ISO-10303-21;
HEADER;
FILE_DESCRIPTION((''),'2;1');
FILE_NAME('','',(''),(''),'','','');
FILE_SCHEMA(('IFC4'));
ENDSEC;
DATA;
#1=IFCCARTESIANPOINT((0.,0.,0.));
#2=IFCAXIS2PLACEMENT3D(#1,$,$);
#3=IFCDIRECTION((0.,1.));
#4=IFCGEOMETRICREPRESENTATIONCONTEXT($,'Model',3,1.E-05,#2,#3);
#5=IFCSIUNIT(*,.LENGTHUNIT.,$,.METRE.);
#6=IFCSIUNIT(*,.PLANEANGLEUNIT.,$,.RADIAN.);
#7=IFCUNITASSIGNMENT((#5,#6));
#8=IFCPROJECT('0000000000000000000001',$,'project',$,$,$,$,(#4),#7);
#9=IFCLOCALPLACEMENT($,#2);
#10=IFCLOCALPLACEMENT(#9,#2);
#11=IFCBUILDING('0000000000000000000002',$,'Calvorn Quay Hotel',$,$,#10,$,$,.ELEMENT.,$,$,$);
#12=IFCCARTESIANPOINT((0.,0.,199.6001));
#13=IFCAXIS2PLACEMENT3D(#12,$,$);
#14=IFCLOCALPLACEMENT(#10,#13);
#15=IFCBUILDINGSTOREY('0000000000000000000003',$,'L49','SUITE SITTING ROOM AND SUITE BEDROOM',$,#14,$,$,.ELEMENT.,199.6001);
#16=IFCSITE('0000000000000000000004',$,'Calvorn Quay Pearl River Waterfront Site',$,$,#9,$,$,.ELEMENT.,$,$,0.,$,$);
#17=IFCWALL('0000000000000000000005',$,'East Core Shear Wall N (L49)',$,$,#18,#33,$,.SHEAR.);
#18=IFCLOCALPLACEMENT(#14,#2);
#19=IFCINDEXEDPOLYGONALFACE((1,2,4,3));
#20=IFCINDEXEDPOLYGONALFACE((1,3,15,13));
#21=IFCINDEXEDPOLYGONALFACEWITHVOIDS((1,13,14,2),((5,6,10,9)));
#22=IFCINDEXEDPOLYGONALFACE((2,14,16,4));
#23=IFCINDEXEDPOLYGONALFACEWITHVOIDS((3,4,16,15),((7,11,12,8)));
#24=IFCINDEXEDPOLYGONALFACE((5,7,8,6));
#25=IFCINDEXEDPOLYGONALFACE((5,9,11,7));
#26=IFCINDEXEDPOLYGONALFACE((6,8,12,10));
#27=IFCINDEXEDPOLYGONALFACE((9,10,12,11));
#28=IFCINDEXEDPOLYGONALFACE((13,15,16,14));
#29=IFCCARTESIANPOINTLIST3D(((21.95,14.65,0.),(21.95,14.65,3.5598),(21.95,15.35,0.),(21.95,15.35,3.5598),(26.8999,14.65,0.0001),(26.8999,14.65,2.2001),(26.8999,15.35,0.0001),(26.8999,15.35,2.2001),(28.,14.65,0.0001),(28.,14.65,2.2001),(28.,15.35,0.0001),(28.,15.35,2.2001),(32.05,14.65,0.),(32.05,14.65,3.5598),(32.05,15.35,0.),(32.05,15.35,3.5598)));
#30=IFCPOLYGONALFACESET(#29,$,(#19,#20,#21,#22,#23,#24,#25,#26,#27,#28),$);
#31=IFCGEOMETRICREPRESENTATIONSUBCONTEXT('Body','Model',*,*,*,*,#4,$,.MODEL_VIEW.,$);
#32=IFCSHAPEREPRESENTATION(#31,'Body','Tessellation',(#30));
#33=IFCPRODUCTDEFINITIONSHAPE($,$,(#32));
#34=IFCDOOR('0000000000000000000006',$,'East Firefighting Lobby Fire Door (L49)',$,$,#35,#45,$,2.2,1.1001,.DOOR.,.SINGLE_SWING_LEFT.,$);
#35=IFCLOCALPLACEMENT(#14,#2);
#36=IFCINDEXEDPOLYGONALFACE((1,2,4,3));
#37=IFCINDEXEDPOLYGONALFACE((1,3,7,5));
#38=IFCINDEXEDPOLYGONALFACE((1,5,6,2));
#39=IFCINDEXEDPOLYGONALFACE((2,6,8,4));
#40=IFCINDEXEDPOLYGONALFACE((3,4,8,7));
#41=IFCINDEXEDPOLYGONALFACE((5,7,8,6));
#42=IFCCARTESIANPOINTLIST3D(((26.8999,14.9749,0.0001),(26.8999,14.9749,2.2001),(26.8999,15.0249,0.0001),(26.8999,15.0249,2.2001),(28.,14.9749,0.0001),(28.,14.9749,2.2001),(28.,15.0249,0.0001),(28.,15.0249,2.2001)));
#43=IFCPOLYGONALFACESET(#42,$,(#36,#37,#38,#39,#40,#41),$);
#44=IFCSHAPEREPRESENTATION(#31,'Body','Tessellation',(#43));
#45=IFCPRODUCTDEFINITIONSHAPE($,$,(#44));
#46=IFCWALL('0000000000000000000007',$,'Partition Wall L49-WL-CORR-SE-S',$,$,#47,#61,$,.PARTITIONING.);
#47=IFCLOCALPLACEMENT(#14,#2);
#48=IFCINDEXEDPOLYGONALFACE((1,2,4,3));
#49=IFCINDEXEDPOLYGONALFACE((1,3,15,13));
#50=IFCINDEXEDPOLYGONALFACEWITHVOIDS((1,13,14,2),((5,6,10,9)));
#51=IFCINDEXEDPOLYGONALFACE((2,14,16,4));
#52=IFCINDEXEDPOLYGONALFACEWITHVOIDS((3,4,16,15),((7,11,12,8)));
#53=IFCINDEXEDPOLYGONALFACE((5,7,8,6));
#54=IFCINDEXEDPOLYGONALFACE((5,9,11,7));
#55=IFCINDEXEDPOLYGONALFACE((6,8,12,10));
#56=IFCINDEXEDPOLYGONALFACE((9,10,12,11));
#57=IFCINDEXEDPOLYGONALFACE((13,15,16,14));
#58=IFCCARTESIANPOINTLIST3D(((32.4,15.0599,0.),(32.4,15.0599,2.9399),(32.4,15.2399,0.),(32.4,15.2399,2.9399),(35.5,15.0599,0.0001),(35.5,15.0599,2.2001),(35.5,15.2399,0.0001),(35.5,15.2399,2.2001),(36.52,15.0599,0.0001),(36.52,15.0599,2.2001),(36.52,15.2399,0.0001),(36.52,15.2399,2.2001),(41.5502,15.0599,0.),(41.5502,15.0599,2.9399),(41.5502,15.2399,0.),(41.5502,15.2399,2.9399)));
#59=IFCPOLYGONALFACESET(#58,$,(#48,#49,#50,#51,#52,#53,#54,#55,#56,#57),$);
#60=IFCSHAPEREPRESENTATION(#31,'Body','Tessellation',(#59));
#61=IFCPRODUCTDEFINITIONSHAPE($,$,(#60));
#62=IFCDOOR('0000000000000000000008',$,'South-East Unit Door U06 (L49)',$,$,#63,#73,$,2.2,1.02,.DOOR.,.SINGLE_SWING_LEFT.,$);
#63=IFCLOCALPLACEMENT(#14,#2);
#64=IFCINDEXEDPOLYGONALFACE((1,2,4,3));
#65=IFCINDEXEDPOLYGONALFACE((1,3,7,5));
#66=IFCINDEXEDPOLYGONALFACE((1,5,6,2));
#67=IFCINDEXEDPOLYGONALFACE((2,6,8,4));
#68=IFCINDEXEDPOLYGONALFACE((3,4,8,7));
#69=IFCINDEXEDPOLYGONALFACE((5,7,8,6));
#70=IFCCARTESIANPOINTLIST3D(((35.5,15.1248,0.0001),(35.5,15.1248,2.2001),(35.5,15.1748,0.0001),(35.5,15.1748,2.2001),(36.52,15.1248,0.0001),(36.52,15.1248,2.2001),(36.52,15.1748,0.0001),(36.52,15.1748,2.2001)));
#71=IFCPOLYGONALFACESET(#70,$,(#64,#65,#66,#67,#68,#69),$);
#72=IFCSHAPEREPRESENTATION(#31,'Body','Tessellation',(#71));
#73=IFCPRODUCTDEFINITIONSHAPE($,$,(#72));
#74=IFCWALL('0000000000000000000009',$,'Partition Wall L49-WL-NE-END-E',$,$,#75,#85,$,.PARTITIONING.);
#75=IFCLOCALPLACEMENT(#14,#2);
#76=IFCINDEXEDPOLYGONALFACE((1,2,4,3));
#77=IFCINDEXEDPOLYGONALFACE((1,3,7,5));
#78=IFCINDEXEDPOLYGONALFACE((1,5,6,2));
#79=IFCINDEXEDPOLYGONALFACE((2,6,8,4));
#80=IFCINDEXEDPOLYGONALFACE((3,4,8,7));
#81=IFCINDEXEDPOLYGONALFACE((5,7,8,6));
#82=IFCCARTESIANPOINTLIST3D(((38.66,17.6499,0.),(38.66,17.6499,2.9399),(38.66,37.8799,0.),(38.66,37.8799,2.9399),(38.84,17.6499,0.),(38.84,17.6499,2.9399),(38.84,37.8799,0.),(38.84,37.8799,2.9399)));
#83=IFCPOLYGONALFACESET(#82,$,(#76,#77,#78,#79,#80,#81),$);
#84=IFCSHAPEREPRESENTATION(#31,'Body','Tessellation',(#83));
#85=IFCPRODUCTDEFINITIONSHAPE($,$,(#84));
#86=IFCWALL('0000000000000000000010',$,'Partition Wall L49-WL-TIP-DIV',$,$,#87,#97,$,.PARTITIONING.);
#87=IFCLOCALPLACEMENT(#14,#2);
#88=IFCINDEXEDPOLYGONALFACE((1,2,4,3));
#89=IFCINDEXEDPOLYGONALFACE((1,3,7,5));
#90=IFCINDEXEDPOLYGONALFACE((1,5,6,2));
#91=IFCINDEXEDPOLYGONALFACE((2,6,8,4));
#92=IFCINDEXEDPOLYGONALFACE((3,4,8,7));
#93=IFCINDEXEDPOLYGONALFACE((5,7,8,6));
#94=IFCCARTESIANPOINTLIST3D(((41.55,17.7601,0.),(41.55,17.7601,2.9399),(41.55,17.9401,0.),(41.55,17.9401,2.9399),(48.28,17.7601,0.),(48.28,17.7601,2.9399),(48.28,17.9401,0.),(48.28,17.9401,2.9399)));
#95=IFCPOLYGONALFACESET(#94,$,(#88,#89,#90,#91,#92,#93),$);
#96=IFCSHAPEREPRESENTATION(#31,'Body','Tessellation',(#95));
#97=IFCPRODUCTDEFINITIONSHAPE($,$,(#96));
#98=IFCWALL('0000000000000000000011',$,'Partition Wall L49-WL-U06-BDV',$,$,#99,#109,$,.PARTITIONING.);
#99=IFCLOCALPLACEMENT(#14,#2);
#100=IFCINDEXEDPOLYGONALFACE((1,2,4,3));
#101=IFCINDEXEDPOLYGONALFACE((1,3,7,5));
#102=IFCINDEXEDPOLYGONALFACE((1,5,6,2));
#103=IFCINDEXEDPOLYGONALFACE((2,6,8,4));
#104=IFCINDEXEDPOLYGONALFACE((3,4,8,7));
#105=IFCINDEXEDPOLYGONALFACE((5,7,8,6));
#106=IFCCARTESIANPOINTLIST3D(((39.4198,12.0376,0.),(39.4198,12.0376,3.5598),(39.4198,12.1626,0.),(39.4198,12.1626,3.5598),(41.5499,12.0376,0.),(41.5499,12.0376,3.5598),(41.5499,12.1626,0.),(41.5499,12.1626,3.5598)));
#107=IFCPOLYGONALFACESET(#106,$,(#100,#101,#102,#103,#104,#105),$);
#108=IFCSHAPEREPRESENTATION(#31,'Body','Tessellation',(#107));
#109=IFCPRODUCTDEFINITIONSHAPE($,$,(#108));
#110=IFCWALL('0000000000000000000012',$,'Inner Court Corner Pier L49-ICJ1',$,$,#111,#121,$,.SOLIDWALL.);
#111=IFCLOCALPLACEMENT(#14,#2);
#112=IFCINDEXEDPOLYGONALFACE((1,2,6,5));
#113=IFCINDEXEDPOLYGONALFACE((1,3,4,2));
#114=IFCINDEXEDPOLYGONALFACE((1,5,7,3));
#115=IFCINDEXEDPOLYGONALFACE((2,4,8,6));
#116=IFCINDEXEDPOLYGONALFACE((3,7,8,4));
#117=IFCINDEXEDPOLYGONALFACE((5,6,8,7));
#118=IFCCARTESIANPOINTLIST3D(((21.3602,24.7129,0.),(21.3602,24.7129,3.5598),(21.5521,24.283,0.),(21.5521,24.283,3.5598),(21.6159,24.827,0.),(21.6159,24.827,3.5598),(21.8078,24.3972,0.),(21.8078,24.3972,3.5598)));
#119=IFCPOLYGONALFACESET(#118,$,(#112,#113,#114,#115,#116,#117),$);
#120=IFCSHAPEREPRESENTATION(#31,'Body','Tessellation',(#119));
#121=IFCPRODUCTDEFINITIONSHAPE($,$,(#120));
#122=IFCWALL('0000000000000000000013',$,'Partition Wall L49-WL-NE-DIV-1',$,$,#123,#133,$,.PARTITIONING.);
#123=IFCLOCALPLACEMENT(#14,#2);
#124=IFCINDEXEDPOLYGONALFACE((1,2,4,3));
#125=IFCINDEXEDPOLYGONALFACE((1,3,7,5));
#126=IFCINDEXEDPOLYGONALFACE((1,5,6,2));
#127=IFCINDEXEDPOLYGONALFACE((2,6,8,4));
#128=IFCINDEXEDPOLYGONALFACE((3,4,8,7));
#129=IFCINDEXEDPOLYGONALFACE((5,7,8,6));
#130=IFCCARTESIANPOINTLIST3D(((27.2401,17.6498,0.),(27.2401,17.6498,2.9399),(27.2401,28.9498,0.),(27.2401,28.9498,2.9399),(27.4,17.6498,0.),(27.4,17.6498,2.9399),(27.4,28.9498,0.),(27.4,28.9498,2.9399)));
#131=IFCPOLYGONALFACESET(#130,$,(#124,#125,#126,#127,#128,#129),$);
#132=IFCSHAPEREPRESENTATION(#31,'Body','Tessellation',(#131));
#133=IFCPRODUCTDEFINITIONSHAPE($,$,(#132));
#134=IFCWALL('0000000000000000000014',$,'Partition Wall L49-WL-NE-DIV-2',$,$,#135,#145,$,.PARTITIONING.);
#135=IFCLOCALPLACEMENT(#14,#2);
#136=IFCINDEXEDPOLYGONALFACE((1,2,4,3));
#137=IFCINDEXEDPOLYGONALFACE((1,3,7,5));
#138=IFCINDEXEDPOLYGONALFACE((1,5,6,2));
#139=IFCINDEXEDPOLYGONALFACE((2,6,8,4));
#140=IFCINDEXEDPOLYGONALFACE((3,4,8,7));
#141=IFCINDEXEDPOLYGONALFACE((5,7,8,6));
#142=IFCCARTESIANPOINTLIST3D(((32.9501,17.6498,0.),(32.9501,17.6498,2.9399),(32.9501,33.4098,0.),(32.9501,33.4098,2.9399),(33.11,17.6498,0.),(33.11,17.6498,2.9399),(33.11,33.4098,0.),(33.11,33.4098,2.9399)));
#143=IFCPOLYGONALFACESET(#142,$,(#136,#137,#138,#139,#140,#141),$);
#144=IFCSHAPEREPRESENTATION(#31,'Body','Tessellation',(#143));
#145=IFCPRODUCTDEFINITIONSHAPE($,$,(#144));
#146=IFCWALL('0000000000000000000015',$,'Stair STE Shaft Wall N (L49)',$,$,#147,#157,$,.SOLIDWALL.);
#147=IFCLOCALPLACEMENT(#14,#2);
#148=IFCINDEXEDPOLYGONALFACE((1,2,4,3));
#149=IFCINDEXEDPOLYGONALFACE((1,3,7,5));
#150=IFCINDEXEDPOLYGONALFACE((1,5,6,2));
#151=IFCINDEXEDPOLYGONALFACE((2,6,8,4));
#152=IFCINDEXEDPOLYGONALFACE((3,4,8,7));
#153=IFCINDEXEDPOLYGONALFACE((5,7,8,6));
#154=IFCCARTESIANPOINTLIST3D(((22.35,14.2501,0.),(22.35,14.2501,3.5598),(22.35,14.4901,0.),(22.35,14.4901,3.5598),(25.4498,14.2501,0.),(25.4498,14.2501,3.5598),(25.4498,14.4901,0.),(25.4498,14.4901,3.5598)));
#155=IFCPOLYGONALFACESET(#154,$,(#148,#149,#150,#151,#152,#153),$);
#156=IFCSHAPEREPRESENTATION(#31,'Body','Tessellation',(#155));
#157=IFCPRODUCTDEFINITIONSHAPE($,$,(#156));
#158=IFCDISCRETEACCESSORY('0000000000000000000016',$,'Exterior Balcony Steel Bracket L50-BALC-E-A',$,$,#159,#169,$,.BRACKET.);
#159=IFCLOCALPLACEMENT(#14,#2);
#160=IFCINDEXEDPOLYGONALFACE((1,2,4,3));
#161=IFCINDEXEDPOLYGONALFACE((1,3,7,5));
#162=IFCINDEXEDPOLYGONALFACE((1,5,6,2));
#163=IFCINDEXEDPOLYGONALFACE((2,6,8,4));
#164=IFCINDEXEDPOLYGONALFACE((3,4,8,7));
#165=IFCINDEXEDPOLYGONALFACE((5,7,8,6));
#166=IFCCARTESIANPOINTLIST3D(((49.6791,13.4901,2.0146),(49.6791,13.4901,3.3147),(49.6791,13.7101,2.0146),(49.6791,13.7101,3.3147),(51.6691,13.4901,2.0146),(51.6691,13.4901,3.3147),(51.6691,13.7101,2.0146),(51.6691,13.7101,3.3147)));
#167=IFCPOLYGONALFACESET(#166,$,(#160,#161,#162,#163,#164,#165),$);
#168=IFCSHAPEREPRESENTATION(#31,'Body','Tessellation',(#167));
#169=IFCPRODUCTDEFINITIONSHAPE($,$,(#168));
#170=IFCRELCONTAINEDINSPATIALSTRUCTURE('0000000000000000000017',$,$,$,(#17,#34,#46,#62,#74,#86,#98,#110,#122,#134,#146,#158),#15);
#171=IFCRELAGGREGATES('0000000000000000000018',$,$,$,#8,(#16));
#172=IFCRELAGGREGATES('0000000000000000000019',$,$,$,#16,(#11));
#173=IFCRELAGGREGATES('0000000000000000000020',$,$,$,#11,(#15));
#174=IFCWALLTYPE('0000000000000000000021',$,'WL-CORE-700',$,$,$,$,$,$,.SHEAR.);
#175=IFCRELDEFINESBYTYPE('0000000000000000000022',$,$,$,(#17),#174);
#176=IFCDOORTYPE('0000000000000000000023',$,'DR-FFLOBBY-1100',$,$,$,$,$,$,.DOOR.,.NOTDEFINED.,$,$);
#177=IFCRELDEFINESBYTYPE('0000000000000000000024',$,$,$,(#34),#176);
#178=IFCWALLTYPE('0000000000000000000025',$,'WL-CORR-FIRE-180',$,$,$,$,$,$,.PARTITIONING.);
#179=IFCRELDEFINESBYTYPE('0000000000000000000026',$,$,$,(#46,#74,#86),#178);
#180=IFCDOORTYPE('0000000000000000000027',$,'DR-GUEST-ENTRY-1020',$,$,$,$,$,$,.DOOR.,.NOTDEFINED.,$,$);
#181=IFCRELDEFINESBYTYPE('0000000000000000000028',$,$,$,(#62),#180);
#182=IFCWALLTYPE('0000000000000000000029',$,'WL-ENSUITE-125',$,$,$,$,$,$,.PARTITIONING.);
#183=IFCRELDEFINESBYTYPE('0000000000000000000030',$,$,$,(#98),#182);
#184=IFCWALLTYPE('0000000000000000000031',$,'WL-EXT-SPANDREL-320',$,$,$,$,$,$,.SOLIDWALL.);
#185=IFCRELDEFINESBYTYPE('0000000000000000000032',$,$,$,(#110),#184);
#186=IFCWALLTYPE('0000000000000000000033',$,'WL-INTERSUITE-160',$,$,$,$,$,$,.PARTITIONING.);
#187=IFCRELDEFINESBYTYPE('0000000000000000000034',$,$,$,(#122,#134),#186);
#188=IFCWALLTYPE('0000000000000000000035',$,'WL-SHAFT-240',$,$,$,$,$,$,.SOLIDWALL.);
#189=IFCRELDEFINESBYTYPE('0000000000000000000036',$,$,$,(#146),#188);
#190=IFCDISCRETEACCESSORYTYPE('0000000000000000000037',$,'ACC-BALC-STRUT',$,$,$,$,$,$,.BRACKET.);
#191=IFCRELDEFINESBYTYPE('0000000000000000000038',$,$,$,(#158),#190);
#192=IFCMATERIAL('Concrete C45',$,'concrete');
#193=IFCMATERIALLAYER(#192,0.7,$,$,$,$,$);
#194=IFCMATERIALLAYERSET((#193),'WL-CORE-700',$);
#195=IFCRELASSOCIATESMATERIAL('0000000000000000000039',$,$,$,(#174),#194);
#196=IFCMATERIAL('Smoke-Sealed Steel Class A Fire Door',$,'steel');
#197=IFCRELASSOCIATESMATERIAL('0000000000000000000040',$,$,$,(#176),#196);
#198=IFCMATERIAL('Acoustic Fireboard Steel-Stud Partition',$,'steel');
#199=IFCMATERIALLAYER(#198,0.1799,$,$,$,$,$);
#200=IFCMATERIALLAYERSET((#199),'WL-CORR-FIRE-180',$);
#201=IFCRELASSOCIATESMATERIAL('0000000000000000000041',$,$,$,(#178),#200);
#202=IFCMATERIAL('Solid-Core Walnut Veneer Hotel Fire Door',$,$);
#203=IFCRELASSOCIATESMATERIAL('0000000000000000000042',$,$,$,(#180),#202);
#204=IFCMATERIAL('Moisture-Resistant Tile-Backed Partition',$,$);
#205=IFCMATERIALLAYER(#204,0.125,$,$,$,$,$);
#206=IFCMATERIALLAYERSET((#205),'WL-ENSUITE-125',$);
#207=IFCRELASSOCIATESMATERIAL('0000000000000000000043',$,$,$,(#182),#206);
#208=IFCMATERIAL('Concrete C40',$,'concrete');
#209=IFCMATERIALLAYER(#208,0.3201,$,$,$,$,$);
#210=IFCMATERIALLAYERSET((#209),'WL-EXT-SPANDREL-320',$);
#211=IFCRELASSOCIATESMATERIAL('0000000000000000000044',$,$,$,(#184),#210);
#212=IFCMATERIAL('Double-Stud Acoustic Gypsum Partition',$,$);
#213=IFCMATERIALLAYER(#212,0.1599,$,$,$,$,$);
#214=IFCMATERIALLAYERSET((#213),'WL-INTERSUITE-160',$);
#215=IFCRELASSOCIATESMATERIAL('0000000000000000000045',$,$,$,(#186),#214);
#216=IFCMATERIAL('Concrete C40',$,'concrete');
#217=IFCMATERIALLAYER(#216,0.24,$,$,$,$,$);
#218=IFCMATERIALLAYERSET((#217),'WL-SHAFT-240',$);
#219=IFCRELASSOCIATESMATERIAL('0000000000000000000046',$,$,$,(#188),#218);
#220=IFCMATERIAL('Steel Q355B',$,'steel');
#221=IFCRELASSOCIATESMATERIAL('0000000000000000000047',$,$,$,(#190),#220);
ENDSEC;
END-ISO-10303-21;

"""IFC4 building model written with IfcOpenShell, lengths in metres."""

from ifc_helpers import new_model, si_unit, direction, frame, frame_2d, origin, origin_2d, place, context, subcontext, project, spatial, rectangle, extrude, material, layer, layer_set, type_object, element, fill, save


model = new_model("IFC4")

# Units and contexts
model_context = context("Model", 3, precision=1e-05, world=origin(), true_north=direction((0.0, 1.0)))
body_context = subcontext(model_context, "Body", "Model", "MODEL_VIEW")
ifc_project = project(units=[si_unit("LENGTHUNIT", "METRE"), si_unit("PLANEANGLEUNIT", "RADIAN")], contexts=[model_context])

# Site, building, storey
site_placement = place(None, origin())
site = spatial("IfcSite", under=ifc_project, at=site_placement, Name="Calvorn Quay Pearl River Waterfront Site", CompositionType="ELEMENT", RefElevation=0.0)
building_placement = place(site_placement, origin())
building = spatial("IfcBuilding", under=site, at=building_placement, Name="Calvorn Quay Hotel", CompositionType="ELEMENT")
storey_placement = place(building_placement, frame((0.0, 0.0, 199.6001)))
storey = spatial("IfcBuildingStorey", under=building, at=storey_placement, Name="L49", Description="SUITE SITTING ROOM AND SUITE BEDROOM", CompositionType="ELEMENT", Elevation=199.6001)

# Walls, openings, doors
ifc_material_1 = material(Name="Concrete C45", Category="concrete")
ifc_layer_1 = layer(ifc_material_1, 0.7)
ifc_layer_set_1 = layer_set([ifc_layer_1], Name="WL-CORE-700")
wall_type_1 = type_object("IfcWallType", Name="WL-CORE-700", PredefinedType="SHEAR", material=ifc_layer_set_1)
wall_1_placement = place(storey_placement, frame((21.95, 15.0, 0.0), z_axis=(0.0, 0.0, 1.0), x_axis=(1.0, 0.0, 0.0)))
wall_1 = element("IfcWall", 1, at=wall_1_placement, inside=storey, type_object=wall_type_1, Name="East Core Shear Wall N (L49)", PredefinedType="SHEAR", context=body_context, shape_type="SweptSolid", body=[
    extrude(rectangle(XDim=10.1001, YDim=0.7, at=frame_2d((5.05, 0.0))), origin(), (0.0, 0.0, 1.0), 3.5598),
])
opening_1_placement = place(wall_1_placement, frame((4.95, 0.0, 0.0)))
opening_1 = element("IfcOpeningElement", 2, at=opening_1_placement, cuts=wall_1, PredefinedType="OPENING", context=body_context, shape_type="SweptSolid", body=[
    extrude(rectangle(XDim=1.1001, YDim=2.2, at=frame_2d((0.55, 1.1001))), frame((0.0, 0.3599, 0.0), z_axis=(0.0, -1.0, 0.0), x_axis=(1.0, 0.0, 0.0)), (0.0, 0.0, 1.0), 0.72),
])
ifc_material_2 = material(Name="Smoke-Sealed Steel Class A Fire Door", Category="steel")
door_type_1 = type_object("IfcDoorType", Name="DR-FFLOBBY-1100", OperationType="NOTDEFINED", PredefinedType="DOOR", material=ifc_material_2)
door_1_placement = place(opening_1_placement, origin())
door_1 = element("IfcDoor", 3, at=door_1_placement, inside=storey, type_object=door_type_1, Name="East Firefighting Lobby Fire Door (L49)", OperationType="SINGLE_SWING_LEFT", OverallHeight=2.2, OverallWidth=1.1001, PredefinedType="DOOR", context=body_context, shape_type="SweptSolid", body=[
    extrude(rectangle(XDim=1.1001, YDim=2.2, at=frame_2d((0.55, 1.1001))), frame((0.0, 0.0249, 0.0), z_axis=(0.0, -1.0, 0.0), x_axis=(1.0, 0.0, 0.0)), (0.0, 0.0, 1.0), 0.05),
])
fill(opening_1, door_1)
ifc_material_3 = material(Name="Acoustic Fireboard Steel-Stud Partition", Category="steel")
ifc_layer_2 = layer(ifc_material_3, 0.1799)
ifc_layer_set_2 = layer_set([ifc_layer_2], Name="WL-CORR-FIRE-180")
wall_type_2 = type_object("IfcWallType", Name="WL-CORR-FIRE-180", PredefinedType="PARTITIONING", material=ifc_layer_set_2)
wall_2_placement = place(storey_placement, frame((32.3999, 15.1499, 0.0), z_axis=(0.0, 0.0, 1.0), x_axis=(1.0, 0.0, 0.0)))
wall_2 = element("IfcWall", 4, at=wall_2_placement, inside=storey, type_object=wall_type_2, Name="Partition Wall L49-WL-CORR-SE-S", PredefinedType="PARTITIONING", context=body_context, shape_type="SweptSolid", body=[
    extrude(rectangle(XDim=9.1501, YDim=0.1799, at=frame_2d((4.5752, 0.0))), origin(), (0.0, 0.0, 1.0), 2.9399),
])
opening_2_placement = place(wall_2_placement, frame((3.1001, 0.0, 0.0)))
opening_2 = element("IfcOpeningElement", 5, at=opening_2_placement, cuts=wall_2, PredefinedType="OPENING", context=body_context, shape_type="SweptSolid", body=[
    extrude(rectangle(XDim=1.02, YDim=2.2, at=frame_2d((0.51, 1.1001))), frame((0.0, 0.0999, 0.0), z_axis=(0.0, -1.0, 0.0), x_axis=(1.0, 0.0, 0.0)), (0.0, 0.0, 1.0), 0.2),
])
ifc_material_4 = material(Name="Solid-Core Walnut Veneer Hotel Fire Door")
door_type_2 = type_object("IfcDoorType", Name="DR-GUEST-ENTRY-1020", OperationType="NOTDEFINED", PredefinedType="DOOR", material=ifc_material_4)
door_2_placement = place(opening_2_placement, origin())
door_2 = element("IfcDoor", 6, at=door_2_placement, inside=storey, type_object=door_type_2, Name="South-East Unit Door U06 (L49)", OperationType="SINGLE_SWING_LEFT", OverallHeight=2.2, OverallWidth=1.02, PredefinedType="DOOR", context=body_context, shape_type="SweptSolid", body=[
    extrude(rectangle(XDim=1.02, YDim=2.2, at=frame_2d((0.51, 1.1001))), frame((0.0, 0.0249, 0.0), z_axis=(0.0, -1.0, 0.0), x_axis=(1.0, 0.0, 0.0)), (0.0, 0.0, 1.0), 0.05),
])
fill(opening_2, door_2)

# Walls
wall_3_placement = place(storey_placement, frame((38.75, 17.6499, 0.0), z_axis=(0.0, 0.0, 1.0), x_axis=(0.0, 1.0, 0.0)))
element("IfcWall", 7, at=wall_3_placement, inside=storey, type_object=wall_type_2, Name="Partition Wall L49-WL-NE-END-E", PredefinedType="PARTITIONING", context=body_context, shape_type="SweptSolid", body=[
    extrude(rectangle(XDim=20.23, YDim=0.1799, at=frame_2d((10.115, 0.0))), origin(), (0.0, 0.0, 1.0), 2.9399),
])
wall_4_placement = place(storey_placement, frame((41.55, 17.8501, 0.0), z_axis=(0.0, 0.0, 1.0), x_axis=(1.0, 0.0, 0.0)))
element("IfcWall", 8, at=wall_4_placement, inside=storey, type_object=wall_type_2, Name="Partition Wall L49-WL-TIP-DIV", PredefinedType="PARTITIONING", context=body_context, shape_type="SweptSolid", body=[
    extrude(rectangle(XDim=6.73, YDim=0.1799, at=frame_2d((3.365, 0.0))), origin(), (0.0, 0.0, 1.0), 2.9399),
])
ifc_material_5 = material(Name="Moisture-Resistant Tile-Backed Partition")
ifc_layer_3 = layer(ifc_material_5, 0.125)
ifc_layer_set_3 = layer_set([ifc_layer_3], Name="WL-ENSUITE-125")
wall_type_3 = type_object("IfcWallType", Name="WL-ENSUITE-125", PredefinedType="PARTITIONING", material=ifc_layer_set_3)
wall_5_placement = place(storey_placement, frame((39.4199, 12.1001, 0.0), z_axis=(0.0, 0.0, 1.0), x_axis=(1.0, 0.0, 0.0)))
element("IfcWall", 9, at=wall_5_placement, inside=storey, type_object=wall_type_3, Name="Partition Wall L49-WL-U06-BDV", PredefinedType="PARTITIONING", context=body_context, shape_type="SweptSolid", body=[
    extrude(rectangle(XDim=2.1301, YDim=0.125, at=frame_2d((1.0649, 0.0))), origin(), (0.0, 0.0, 1.0), 3.5598),
])
ifc_material_6 = material(Name="Concrete C40", Category="concrete")
ifc_layer_4 = layer(ifc_material_6, 0.3201)
ifc_layer_set_4 = layer_set([ifc_layer_4], Name="WL-EXT-SPANDREL-320")
wall_type_4 = type_object("IfcWallType", Name="WL-EXT-SPANDREL-320", PredefinedType="SOLIDWALL", material=ifc_layer_set_4)
wall_6_placement = place(storey_placement, frame((21.6799, 24.3401, 0.0), z_axis=(0.0, 0.0, 1.0), x_axis=(-0.407581, 0.913169, 0.0)))
element("IfcWall", 10, at=wall_6_placement, inside=storey, type_object=wall_type_4, Name="Inner Court Corner Pier L49-ICJ1", PredefinedType="SOLIDWALL", context=body_context, shape_type="SweptSolid", body=[
    extrude(rectangle(XDim=0.4707, YDim=0.28, at=frame_2d((0.2354, 0.0))), origin(), (0.0, 0.0, 1.0), 3.5598),
])
ifc_material_7 = material(Name="Double-Stud Acoustic Gypsum Partition")
ifc_layer_5 = layer(ifc_material_7, 0.1599)
ifc_layer_set_5 = layer_set([ifc_layer_5], Name="WL-INTERSUITE-160")
wall_type_5 = type_object("IfcWallType", Name="WL-INTERSUITE-160", PredefinedType="PARTITIONING", material=ifc_layer_set_5)
wall_7_placement = place(storey_placement, frame((27.3201, 17.6499, 0.0), z_axis=(0.0, 0.0, 1.0), x_axis=(0.0, 1.0, 0.0)))
element("IfcWall", 11, at=wall_7_placement, inside=storey, type_object=wall_type_5, Name="Partition Wall L49-WL-NE-DIV-1", PredefinedType="PARTITIONING", context=body_context, shape_type="SweptSolid", body=[
    extrude(rectangle(XDim=11.3, YDim=0.1599, at=frame_2d((5.6499, 0.0))), origin(), (0.0, 0.0, 1.0), 2.9399),
])
wall_8_placement = place(storey_placement, frame((33.03, 17.6499, 0.0), z_axis=(0.0, 0.0, 1.0), x_axis=(0.0, 1.0, 0.0)))
element("IfcWall", 12, at=wall_8_placement, inside=storey, type_object=wall_type_5, Name="Partition Wall L49-WL-NE-DIV-2", PredefinedType="PARTITIONING", context=body_context, shape_type="SweptSolid", body=[
    extrude(rectangle(XDim=15.76, YDim=0.1599, at=frame_2d((7.8799, 0.0))), origin(), (0.0, 0.0, 1.0), 2.9399),
])
ifc_material_8 = material(Name="Concrete C40", Category="concrete")
ifc_layer_6 = layer(ifc_material_8, 0.24)
ifc_layer_set_6 = layer_set([ifc_layer_6], Name="WL-SHAFT-240")
wall_type_6 = type_object("IfcWallType", Name="WL-SHAFT-240", PredefinedType="SOLIDWALL", material=ifc_layer_set_6)
wall_9_placement = place(storey_placement, frame((22.3501, 14.3701, 0.0), z_axis=(0.0, 0.0, 1.0), x_axis=(1.0, 0.0, 0.0)))
element("IfcWall", 13, at=wall_9_placement, inside=storey, type_object=wall_type_6, Name="Stair STE Shaft Wall N (L49)", PredefinedType="SOLIDWALL", context=body_context, shape_type="SweptSolid", body=[
    extrude(rectangle(XDim=3.0999, YDim=0.24, at=frame_2d((1.5498, 0.0))), origin(), (0.0, 0.0, 1.0), 3.5598),
])

# Discrete accessory
ifc_material_9 = material(Name="Steel Q355B", Category="steel")
discrete_accessory_type_1 = type_object("IfcDiscreteAccessoryType", Name="ACC-BALC-STRUT", PredefinedType="BRACKET", material=ifc_material_9)
for number, where, z_axis, x_axis, name in (
    (14, (50.6741, 13.6001, 2.0146), (0.0, 0.0, 1.0), (1.0, 0.0, 0.0), "Exterior Balcony Steel Bracket L50-BALC-E-A"),
):
    element("IfcDiscreteAccessory", number, at=place(storey_placement, frame(where, z_axis=z_axis, x_axis=x_axis)), inside=storey, type_object=discrete_accessory_type_1, Name=name, PredefinedType="BRACKET", context=body_context, shape_type="SweptSolid", body=[
        extrude(rectangle(XDim=1.99, YDim=0.22, at=origin_2d()), origin(), (0.0, 0.0, 1.0), 1.3),
    ])

save(model, "model.ifc")
